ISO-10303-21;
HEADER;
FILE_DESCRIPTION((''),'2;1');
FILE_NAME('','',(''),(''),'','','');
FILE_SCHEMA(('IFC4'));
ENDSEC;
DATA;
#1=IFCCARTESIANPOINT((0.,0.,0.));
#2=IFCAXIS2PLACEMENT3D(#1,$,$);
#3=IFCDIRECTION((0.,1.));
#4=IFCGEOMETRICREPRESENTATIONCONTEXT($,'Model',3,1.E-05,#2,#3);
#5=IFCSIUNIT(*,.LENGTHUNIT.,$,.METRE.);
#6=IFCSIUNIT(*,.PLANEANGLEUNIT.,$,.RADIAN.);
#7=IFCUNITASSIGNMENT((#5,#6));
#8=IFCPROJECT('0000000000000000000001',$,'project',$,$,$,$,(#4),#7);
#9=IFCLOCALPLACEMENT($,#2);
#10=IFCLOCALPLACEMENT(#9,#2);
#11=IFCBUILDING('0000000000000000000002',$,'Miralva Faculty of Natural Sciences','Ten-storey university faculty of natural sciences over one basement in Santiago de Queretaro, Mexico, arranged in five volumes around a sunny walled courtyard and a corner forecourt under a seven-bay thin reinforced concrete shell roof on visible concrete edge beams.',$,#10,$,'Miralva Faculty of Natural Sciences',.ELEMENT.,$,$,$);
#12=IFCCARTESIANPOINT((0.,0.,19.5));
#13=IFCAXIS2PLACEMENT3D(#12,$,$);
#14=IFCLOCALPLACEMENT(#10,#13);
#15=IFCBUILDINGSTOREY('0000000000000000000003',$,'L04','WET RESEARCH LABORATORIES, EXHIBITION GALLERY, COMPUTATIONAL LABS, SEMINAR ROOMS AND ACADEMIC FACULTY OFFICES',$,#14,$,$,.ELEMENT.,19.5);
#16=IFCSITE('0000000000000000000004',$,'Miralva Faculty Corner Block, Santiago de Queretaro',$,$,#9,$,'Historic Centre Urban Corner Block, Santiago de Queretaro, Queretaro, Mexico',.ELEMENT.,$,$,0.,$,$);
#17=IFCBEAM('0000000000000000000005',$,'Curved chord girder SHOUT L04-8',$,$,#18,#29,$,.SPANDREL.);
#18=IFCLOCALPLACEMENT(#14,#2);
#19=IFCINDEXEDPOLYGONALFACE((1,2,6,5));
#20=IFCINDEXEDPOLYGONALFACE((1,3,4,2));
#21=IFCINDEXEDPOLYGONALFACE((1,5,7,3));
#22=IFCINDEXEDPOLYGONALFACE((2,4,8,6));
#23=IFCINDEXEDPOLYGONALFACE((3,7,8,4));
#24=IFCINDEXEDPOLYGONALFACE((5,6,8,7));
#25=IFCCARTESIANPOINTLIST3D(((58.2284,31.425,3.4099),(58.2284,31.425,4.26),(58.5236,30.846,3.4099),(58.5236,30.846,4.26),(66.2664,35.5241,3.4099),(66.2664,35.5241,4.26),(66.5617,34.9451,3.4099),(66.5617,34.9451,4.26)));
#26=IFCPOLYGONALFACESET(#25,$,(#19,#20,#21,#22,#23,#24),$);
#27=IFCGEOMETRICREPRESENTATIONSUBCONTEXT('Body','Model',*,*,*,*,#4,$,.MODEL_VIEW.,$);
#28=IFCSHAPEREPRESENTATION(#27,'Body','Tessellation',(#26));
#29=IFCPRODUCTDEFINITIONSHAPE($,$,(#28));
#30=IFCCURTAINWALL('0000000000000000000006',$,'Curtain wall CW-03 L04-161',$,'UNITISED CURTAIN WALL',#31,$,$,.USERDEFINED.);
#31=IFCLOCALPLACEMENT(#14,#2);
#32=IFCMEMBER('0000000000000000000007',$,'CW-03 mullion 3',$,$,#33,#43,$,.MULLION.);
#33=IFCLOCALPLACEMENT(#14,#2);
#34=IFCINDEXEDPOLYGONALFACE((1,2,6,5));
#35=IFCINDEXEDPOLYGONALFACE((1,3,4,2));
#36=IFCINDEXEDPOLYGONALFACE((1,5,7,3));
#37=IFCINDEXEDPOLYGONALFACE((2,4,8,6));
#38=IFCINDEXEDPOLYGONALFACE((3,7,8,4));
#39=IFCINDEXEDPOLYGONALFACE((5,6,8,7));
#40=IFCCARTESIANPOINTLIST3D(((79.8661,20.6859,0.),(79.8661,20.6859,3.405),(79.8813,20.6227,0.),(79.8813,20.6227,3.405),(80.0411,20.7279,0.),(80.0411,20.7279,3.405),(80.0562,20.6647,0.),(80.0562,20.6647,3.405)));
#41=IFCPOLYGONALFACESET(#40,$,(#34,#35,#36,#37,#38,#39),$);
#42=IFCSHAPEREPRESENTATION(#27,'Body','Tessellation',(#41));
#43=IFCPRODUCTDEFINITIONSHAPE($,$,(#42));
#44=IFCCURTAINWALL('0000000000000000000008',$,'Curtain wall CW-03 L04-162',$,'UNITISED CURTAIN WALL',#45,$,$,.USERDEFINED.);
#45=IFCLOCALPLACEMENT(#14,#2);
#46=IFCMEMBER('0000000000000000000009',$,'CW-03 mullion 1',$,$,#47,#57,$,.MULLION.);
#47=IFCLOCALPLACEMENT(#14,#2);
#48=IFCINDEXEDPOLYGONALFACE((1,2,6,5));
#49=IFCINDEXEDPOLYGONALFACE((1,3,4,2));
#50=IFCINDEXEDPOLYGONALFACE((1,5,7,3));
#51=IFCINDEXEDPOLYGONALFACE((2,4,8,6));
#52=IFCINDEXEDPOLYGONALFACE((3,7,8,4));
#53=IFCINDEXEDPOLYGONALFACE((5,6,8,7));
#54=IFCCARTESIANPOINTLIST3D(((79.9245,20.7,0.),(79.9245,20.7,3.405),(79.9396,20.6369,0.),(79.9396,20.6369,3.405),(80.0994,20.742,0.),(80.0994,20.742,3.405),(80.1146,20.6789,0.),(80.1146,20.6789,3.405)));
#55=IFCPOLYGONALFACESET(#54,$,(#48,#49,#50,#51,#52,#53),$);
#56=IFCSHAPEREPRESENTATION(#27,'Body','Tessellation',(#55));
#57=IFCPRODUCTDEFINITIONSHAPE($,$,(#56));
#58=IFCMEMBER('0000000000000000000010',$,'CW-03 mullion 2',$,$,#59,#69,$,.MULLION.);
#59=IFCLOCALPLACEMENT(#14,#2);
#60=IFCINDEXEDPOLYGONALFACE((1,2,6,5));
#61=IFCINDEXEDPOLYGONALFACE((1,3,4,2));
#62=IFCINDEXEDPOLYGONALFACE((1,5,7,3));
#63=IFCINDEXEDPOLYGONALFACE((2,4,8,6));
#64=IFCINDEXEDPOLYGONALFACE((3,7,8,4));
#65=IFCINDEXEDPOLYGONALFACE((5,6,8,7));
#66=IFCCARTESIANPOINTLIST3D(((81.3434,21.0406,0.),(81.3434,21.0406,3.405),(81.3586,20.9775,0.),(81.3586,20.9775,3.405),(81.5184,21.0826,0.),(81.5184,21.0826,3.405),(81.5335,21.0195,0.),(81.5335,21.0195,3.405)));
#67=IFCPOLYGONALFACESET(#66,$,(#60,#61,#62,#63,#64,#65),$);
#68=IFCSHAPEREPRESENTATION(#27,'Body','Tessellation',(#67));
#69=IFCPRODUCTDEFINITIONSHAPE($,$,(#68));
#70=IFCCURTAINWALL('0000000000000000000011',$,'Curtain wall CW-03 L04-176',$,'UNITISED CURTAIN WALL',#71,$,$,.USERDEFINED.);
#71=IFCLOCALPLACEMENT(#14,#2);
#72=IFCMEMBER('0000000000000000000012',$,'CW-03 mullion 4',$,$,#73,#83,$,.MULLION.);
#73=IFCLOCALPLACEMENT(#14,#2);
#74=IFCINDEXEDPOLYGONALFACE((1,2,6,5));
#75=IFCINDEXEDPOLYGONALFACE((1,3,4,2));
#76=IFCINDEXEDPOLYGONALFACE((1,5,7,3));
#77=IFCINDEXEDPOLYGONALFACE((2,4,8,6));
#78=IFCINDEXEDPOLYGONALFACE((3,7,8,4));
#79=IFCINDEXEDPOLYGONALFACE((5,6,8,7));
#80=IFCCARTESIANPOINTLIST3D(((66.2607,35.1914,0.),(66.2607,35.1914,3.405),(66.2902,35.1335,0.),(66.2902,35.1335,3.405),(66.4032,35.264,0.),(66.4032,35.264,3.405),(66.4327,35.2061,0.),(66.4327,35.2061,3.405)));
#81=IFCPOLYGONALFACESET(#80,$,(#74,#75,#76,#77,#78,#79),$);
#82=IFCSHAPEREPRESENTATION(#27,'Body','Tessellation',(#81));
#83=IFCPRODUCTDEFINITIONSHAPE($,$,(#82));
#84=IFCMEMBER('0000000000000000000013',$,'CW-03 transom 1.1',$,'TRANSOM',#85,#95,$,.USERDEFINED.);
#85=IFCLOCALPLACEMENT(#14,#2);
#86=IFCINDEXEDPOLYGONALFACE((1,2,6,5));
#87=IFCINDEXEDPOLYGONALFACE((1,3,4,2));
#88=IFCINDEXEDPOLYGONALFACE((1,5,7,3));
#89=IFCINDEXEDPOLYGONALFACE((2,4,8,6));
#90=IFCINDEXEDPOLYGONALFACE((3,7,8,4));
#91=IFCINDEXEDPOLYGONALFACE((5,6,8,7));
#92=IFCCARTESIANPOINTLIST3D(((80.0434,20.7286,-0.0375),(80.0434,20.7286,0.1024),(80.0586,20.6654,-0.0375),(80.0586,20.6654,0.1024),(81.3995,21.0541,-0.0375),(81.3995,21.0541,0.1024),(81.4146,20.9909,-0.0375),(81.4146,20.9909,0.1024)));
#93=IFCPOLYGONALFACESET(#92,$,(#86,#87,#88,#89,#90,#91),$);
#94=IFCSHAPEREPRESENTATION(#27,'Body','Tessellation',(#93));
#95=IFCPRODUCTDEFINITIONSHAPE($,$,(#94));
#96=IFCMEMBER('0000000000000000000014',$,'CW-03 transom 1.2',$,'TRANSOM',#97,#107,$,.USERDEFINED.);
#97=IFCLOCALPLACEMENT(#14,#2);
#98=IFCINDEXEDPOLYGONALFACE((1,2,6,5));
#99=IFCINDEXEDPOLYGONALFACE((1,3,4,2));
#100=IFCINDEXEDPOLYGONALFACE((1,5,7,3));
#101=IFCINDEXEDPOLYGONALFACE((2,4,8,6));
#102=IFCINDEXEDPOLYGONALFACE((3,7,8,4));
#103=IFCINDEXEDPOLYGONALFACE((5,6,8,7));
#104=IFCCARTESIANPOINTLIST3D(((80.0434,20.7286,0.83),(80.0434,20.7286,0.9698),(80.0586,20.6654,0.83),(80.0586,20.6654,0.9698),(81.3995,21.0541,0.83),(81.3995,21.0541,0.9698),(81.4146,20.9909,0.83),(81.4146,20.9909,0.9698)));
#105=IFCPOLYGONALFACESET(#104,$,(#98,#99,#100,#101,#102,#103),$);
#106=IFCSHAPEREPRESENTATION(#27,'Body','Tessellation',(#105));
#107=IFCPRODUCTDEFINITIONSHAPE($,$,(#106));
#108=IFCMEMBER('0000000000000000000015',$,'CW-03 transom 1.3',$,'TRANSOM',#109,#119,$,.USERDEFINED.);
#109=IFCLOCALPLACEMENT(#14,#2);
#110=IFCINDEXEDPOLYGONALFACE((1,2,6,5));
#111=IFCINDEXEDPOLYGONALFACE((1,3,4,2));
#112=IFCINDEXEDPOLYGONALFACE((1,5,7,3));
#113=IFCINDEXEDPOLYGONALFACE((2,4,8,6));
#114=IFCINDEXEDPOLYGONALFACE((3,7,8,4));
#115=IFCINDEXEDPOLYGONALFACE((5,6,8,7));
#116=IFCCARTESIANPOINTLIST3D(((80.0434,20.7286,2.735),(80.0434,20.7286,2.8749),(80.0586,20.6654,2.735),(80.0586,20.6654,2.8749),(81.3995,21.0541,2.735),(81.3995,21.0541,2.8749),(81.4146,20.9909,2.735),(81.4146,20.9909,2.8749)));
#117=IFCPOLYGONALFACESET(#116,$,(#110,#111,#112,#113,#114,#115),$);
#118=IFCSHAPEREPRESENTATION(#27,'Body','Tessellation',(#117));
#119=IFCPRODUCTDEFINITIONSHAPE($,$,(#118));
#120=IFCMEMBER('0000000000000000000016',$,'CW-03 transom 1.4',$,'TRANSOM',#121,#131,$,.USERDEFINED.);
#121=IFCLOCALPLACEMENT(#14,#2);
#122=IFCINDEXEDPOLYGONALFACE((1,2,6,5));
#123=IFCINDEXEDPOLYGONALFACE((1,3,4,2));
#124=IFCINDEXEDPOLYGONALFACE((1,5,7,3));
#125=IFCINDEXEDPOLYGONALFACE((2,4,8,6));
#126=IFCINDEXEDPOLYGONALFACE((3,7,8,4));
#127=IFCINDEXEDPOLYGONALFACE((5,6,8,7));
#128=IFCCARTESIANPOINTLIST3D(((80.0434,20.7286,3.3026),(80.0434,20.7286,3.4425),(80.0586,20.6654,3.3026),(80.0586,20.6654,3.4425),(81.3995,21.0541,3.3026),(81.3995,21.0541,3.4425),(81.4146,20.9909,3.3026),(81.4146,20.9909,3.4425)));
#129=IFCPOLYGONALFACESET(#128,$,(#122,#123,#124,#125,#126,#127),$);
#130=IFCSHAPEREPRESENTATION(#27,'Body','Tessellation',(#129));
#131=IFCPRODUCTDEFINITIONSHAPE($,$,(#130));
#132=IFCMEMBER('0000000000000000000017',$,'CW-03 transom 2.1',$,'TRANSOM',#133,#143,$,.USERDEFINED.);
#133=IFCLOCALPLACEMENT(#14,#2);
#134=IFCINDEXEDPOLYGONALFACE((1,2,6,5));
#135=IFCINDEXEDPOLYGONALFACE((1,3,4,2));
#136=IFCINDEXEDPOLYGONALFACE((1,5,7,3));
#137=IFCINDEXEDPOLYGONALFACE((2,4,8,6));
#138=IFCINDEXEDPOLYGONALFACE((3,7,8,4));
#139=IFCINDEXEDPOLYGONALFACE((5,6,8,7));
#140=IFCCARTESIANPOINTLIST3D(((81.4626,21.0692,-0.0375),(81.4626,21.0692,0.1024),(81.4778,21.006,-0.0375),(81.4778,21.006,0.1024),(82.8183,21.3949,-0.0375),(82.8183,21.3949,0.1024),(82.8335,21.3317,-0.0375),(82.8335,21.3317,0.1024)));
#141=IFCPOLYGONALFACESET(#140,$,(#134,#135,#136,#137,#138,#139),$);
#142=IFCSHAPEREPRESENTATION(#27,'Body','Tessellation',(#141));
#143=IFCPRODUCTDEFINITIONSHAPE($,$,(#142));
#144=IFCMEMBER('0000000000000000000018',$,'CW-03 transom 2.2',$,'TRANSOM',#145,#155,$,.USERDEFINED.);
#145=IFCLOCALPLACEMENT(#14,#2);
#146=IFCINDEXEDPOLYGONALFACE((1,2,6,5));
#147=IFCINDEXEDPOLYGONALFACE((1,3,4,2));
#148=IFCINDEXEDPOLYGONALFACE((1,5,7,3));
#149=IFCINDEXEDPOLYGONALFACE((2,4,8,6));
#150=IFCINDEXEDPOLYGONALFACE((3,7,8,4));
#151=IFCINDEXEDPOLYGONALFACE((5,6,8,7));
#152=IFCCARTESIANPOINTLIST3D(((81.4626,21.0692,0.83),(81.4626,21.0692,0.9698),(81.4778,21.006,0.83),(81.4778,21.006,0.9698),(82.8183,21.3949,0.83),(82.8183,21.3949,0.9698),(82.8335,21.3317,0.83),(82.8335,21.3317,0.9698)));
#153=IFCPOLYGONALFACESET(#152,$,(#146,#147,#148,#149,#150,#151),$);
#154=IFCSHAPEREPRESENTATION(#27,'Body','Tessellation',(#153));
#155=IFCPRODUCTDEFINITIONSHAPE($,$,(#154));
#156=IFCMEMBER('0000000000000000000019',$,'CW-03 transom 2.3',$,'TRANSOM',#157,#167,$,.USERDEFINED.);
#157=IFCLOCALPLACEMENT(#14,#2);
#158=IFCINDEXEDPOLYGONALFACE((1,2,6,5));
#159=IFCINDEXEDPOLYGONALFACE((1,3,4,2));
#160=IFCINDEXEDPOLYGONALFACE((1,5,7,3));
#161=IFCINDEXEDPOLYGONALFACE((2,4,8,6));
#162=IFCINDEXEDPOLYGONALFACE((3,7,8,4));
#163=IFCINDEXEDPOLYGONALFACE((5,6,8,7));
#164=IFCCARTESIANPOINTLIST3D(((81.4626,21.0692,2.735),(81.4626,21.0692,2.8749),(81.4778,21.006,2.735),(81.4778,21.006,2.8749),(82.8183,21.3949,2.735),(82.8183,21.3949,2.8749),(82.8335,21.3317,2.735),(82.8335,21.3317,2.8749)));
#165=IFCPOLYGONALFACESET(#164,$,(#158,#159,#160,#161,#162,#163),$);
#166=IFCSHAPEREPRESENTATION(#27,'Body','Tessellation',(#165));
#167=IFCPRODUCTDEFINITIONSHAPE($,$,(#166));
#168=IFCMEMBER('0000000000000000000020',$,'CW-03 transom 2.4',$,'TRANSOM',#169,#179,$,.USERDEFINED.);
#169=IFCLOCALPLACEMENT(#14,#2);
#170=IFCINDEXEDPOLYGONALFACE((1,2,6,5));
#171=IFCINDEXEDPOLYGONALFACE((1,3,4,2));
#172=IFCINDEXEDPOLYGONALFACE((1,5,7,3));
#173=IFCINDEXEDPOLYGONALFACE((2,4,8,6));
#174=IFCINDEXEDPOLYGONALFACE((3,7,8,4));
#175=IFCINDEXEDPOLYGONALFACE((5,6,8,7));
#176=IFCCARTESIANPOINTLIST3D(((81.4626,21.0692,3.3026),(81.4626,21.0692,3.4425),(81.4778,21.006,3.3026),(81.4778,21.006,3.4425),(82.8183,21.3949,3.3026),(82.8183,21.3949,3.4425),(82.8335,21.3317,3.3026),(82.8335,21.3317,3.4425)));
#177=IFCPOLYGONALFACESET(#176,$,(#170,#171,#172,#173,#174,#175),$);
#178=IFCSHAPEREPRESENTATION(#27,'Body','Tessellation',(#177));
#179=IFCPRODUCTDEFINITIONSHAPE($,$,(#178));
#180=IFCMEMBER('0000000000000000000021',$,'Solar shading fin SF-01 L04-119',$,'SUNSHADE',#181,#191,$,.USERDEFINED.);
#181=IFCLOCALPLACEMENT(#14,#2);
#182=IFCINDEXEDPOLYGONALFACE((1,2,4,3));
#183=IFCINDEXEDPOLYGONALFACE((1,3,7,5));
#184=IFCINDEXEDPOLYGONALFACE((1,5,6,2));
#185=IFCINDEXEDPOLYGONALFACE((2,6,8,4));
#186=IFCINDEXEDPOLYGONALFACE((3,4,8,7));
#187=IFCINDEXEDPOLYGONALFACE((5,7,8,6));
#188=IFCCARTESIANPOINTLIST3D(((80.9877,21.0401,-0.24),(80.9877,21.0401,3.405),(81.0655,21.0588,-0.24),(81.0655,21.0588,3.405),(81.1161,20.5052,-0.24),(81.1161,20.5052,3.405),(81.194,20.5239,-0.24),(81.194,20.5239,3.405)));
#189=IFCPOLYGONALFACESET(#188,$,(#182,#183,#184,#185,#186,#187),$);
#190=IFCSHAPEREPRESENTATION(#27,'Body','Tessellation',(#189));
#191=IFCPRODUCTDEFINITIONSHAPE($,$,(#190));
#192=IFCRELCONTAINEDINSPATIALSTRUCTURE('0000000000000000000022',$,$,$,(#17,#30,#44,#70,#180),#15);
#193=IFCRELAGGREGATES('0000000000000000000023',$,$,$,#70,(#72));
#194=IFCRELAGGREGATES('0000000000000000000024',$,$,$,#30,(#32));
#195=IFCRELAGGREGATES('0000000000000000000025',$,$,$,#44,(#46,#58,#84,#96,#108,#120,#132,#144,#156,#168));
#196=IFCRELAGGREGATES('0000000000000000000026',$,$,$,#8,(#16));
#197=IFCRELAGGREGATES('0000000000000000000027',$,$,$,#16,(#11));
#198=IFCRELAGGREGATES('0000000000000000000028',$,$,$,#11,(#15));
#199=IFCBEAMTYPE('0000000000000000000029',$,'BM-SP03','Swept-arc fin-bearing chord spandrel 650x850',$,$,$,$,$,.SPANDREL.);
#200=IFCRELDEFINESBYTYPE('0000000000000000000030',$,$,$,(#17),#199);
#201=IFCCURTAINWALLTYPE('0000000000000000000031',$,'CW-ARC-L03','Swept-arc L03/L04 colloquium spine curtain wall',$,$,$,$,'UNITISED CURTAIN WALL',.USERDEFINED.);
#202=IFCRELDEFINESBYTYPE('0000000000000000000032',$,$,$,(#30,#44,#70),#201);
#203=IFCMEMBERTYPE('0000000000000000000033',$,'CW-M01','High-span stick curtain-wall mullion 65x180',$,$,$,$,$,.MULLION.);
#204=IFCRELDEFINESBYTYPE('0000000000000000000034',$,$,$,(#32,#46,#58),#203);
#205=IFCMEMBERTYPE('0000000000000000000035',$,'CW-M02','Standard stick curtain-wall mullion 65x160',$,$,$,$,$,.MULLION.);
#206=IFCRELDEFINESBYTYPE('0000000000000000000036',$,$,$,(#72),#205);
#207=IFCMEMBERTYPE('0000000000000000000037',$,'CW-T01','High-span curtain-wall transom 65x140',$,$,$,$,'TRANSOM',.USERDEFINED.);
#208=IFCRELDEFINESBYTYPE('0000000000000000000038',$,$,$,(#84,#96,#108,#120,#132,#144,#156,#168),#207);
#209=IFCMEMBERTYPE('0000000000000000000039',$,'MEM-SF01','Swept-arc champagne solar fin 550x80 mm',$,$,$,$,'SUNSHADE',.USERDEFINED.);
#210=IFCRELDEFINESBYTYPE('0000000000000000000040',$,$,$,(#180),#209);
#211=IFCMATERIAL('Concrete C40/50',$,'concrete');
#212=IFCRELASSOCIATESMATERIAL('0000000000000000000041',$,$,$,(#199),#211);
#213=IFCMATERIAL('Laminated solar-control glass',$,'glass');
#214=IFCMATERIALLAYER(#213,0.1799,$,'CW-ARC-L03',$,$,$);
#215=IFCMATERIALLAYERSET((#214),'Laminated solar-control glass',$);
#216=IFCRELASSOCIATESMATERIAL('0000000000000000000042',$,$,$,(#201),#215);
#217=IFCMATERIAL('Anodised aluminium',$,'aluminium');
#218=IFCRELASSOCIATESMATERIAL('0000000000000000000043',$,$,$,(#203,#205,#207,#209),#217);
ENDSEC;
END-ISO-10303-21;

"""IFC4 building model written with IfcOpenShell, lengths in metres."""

from ifc_helpers import new_model, si_unit, direction, frame, origin, origin_2d, place, context, subcontext, project, spatial, rectangle, extrude, material, layer, layer_set, material_profile, profile_set, type_object, element, aggregate, save


model = new_model("IFC4")

# Units and contexts
model_context = context("Model", 3, precision=1e-05, world=origin(), true_north=direction((0.0, 1.0)))
body_context = subcontext(model_context, "Body", "Model", "MODEL_VIEW")
ifc_project = project(units=[si_unit("LENGTHUNIT", "METRE"), si_unit("PLANEANGLEUNIT", "RADIAN")], contexts=[model_context])

# Site, building, storey
site_placement = place(None, origin())
site = spatial("IfcSite", under=ifc_project, at=site_placement, Name="Miralva Faculty Corner Block, Santiago de Queretaro", LongName="Historic Centre Urban Corner Block, Santiago de Queretaro, Queretaro, Mexico", CompositionType="ELEMENT", RefElevation=0.0)
building_placement = place(site_placement, origin())
building = spatial("IfcBuilding", under=site, at=building_placement, Name="Miralva Faculty of Natural Sciences", Description="Ten-storey university faculty of natural sciences over one basement in Santiago de Queretaro, Mexico, arranged in five volumes around a sunny walled courtyard and a corner forecourt under a seven-bay thin reinforced concrete shell roof on visible concrete edge beams.", LongName="Miralva Faculty of Natural Sciences", CompositionType="ELEMENT")
storey_placement = place(building_placement, frame((0.0, 0.0, 19.5)))
storey = spatial("IfcBuildingStorey", under=building, at=storey_placement, Name="L04", Description="WET RESEARCH LABORATORIES, EXHIBITION GALLERY, COMPUTATIONAL LABS, SEMINAR ROOMS AND ACADEMIC FACULTY OFFICES", CompositionType="ELEMENT", Elevation=19.5)

# Beam
ifc_material_1 = material(Name="Concrete C40/50", Category="concrete")
ifc_material_profile_1 = material_profile(ifc_material_1, rectangle(XDim=0.6499, YDim=0.8501, at=origin_2d()), Name="RC 650x850")
ifc_profile_set_1 = profile_set([ifc_material_profile_1], Name="Concrete C40/50")
beam_type = type_object("IfcBeamType", Name="BM-SP03", Description="Swept-arc fin-bearing chord spandrel 650x850", PredefinedType="SPANDREL", material=ifc_profile_set_1)
beam_placement = place(storey_placement, frame((66.4141, 35.2346, 3.835), z_axis=(-0.890849, -0.454299, 0.0), x_axis=(0.454299, -0.890849, 0.0)))
element("IfcBeam", 1, at=beam_placement, inside=storey, type_object=beam_type, Name="Curved chord girder SHOUT L04-8", PredefinedType="SPANDREL", context=body_context, shape_type="SweptSolid", body=[
    extrude(rectangle(XDim=0.6499, YDim=0.8501, at=origin_2d()), origin(), (0.0, 0.0, 1.0), 9.0229),
])

# Curtain wall, member
ifc_material_2 = material(Name="Laminated solar-control glass", Category="glass")
ifc_layer_1 = layer(ifc_material_2, 0.1799, Name="CW-ARC-L03")
ifc_layer_set_1 = layer_set([ifc_layer_1], Name="Laminated solar-control glass")
curtain_wall_type = type_object("IfcCurtainWallType", Name="CW-ARC-L03", Description="Swept-arc L03/L04 colloquium spine curtain wall", ElementType="UNITISED CURTAIN WALL", PredefinedType="USERDEFINED", material=ifc_layer_set_1)
curtain_wall_1_placement = place(storey_placement, origin())
curtain_wall_1 = element("IfcCurtainWall", 2, at=curtain_wall_1_placement, inside=storey, type_object=curtain_wall_type, Name="Curtain wall CW-03 L04-161", ObjectType="UNITISED CURTAIN WALL", PredefinedType="USERDEFINED")
ifc_material_3 = material(Name="Anodised aluminium", Category="aluminium")
ifc_material_profile_2 = material_profile(ifc_material_3, rectangle(XDim=0.0649, YDim=0.1799, at=origin_2d()), Name="MULLION 65x180")
ifc_profile_set_2 = profile_set([ifc_material_profile_2], Name="Anodised aluminium")
member_type_1 = type_object("IfcMemberType", Name="CW-M01", Description="High-span stick curtain-wall mullion 65x180", PredefinedType="MULLION", material=ifc_profile_set_2)
member_1_placement = place(storey_placement, frame((79.9612, 20.6753, 0.0), z_axis=(0.0, 0.0, 1.0), x_axis=(-0.233457, 0.972367, 0.0)))
member_1 = element("IfcMember", 3, at=member_1_placement, type_object=member_type_1, Name="CW-03 mullion 3", PredefinedType="MULLION", context=body_context, shape_type="SweptSolid", body=[
    extrude(rectangle(XDim=0.0649, YDim=0.1799, at=origin_2d()), origin(), (0.0, 0.0, 1.0), 3.405),
])

# Curtain wall, members
curtain_wall_2_placement = place(storey_placement, origin())
curtain_wall_2 = element("IfcCurtainWall", 4, at=curtain_wall_2_placement, inside=storey, type_object=curtain_wall_type, Name="Curtain wall CW-03 L04-162", ObjectType="UNITISED CURTAIN WALL", PredefinedType="USERDEFINED")
member_2_placement = place(storey_placement, frame((80.0195, 20.6895, 0.0), z_axis=(0.0, 0.0, 1.0), x_axis=(-0.233464, 0.972365, 0.0)))
member_2 = element("IfcMember", 5, at=member_2_placement, type_object=member_type_1, Name="CW-03 mullion 1", PredefinedType="MULLION", context=body_context, shape_type="SweptSolid", body=[
    extrude(rectangle(XDim=0.0649, YDim=0.1799, at=origin_2d()), origin(), (0.0, 0.0, 1.0), 3.405),
])
member_3_placement = place(storey_placement, frame((81.4385, 21.03, 0.0), z_axis=(0.0, 0.0, 1.0), x_axis=(-0.233464, 0.972365, 0.0)))
member_3 = element("IfcMember", 6, at=member_3_placement, type_object=member_type_1, Name="CW-03 mullion 2", PredefinedType="MULLION", context=body_context, shape_type="SweptSolid", body=[
    extrude(rectangle(XDim=0.0649, YDim=0.1799, at=origin_2d()), origin(), (0.0, 0.0, 1.0), 3.405),
])

# Curtain wall, member
curtain_wall_3_placement = place(storey_placement, origin())
curtain_wall_3 = element("IfcCurtainWall", 7, at=curtain_wall_3_placement, inside=storey, type_object=curtain_wall_type, Name="Curtain wall CW-03 L04-176", ObjectType="UNITISED CURTAIN WALL", PredefinedType="USERDEFINED")
ifc_material_profile_3 = material_profile(ifc_material_3, rectangle(XDim=0.0649, YDim=0.1599, at=origin_2d()), Name="MULLION 65x160")
ifc_profile_set_3 = profile_set([ifc_material_profile_3], Name="Anodised aluminium")
member_type_2 = type_object("IfcMemberType", Name="CW-M02", Description="Standard stick curtain-wall mullion 65x160", PredefinedType="MULLION", material=ifc_profile_set_3)
member_4_placement = place(storey_placement, frame((66.3467, 35.1987, 0.0), z_axis=(0.0, 0.0, 1.0), x_axis=(-0.453975, 0.891015, 0.0)))
member_4 = element("IfcMember", 8, at=member_4_placement, type_object=member_type_2, Name="CW-03 mullion 4", PredefinedType="MULLION", context=body_context, shape_type="SweptSolid", body=[
    extrude(rectangle(XDim=0.0649, YDim=0.1599, at=origin_2d()), origin(), (0.0, 0.0, 1.0), 3.405),
])
aggregate(curtain_wall_3, [member_4])

# Members
ifc_material_profile_4 = material_profile(ifc_material_3, rectangle(XDim=0.0649, YDim=0.1399, at=origin_2d()), Name="TRANSOM 65x140")
ifc_profile_set_4 = profile_set([ifc_material_profile_4], Name="Anodised aluminium")
member_type_3 = type_object("IfcMemberType", Name="CW-T01", Description="High-span curtain-wall transom 65x140", ElementType="TRANSOM", PredefinedType="USERDEFINED", material=ifc_profile_set_4)
member_5_placement = place(storey_placement, frame((80.051, 20.697, 0.0325), z_axis=(0.972386, 0.23338, 0.0), x_axis=(-0.23338, 0.972386, 0.0)))
member_5 = element("IfcMember", 9, at=member_5_placement, type_object=member_type_3, Name="CW-03 transom 1.1", ObjectType="TRANSOM", PredefinedType="USERDEFINED", context=body_context, shape_type="SweptSolid", body=[
    extrude(rectangle(XDim=0.0649, YDim=0.1399, at=origin_2d()), origin(), (0.0, 0.0, 1.0), 1.3945),
])
member_6_placement = place(storey_placement, frame((80.051, 20.697, 0.8999), z_axis=(0.972386, 0.23338, 0.0), x_axis=(-0.23338, 0.972386, 0.0)))
member_6 = element("IfcMember", 10, at=member_6_placement, type_object=member_type_3, Name="CW-03 transom 1.2", ObjectType="TRANSOM", PredefinedType="USERDEFINED", context=body_context, shape_type="SweptSolid", body=[
    extrude(rectangle(XDim=0.0649, YDim=0.1399, at=origin_2d()), origin(), (0.0, 0.0, 1.0), 1.3945),
])
member_7_placement = place(storey_placement, frame((80.051, 20.697, 2.8049), z_axis=(0.972386, 0.23338, 0.0), x_axis=(-0.23338, 0.972386, 0.0)))
member_7 = element("IfcMember", 11, at=member_7_placement, type_object=member_type_3, Name="CW-03 transom 1.3", ObjectType="TRANSOM", PredefinedType="USERDEFINED", context=body_context, shape_type="SweptSolid", body=[
    extrude(rectangle(XDim=0.0649, YDim=0.1399, at=origin_2d()), origin(), (0.0, 0.0, 1.0), 1.3945),
])
member_8_placement = place(storey_placement, frame((80.051, 20.697, 3.3726), z_axis=(0.972386, 0.23338, 0.0), x_axis=(-0.23338, 0.972386, 0.0)))
member_8 = element("IfcMember", 12, at=member_8_placement, type_object=member_type_3, Name="CW-03 transom 1.4", ObjectType="TRANSOM", PredefinedType="USERDEFINED", context=body_context, shape_type="SweptSolid", body=[
    extrude(rectangle(XDim=0.0649, YDim=0.1399, at=origin_2d()), origin(), (0.0, 0.0, 1.0), 1.3945),
])
member_9_placement = place(storey_placement, frame((81.4702, 21.0376, 0.0325), z_axis=(0.972336, 0.233585, 0.0), x_axis=(-0.233585, 0.972336, 0.0)))
member_9 = element("IfcMember", 13, at=member_9_placement, type_object=member_type_3, Name="CW-03 transom 2.1", ObjectType="TRANSOM", PredefinedType="USERDEFINED", context=body_context, shape_type="SweptSolid", body=[
    extrude(rectangle(XDim=0.0649, YDim=0.1399, at=origin_2d()), origin(), (0.0, 0.0, 1.0), 1.3943),
])
member_10_placement = place(storey_placement, frame((81.4702, 21.0376, 0.8999), z_axis=(0.972336, 0.233585, 0.0), x_axis=(-0.233585, 0.972336, 0.0)))
member_10 = element("IfcMember", 14, at=member_10_placement, type_object=member_type_3, Name="CW-03 transom 2.2", ObjectType="TRANSOM", PredefinedType="USERDEFINED", context=body_context, shape_type="SweptSolid", body=[
    extrude(rectangle(XDim=0.0649, YDim=0.1399, at=origin_2d()), origin(), (0.0, 0.0, 1.0), 1.3943),
])
member_11_placement = place(storey_placement, frame((81.4702, 21.0376, 2.8049), z_axis=(0.972336, 0.233585, 0.0), x_axis=(-0.233585, 0.972336, 0.0)))
member_11 = element("IfcMember", 15, at=member_11_placement, type_object=member_type_3, Name="CW-03 transom 2.3", ObjectType="TRANSOM", PredefinedType="USERDEFINED", context=body_context, shape_type="SweptSolid", body=[
    extrude(rectangle(XDim=0.0649, YDim=0.1399, at=origin_2d()), origin(), (0.0, 0.0, 1.0), 1.3943),
])
member_12_placement = place(storey_placement, frame((81.4702, 21.0376, 3.3726), z_axis=(0.972336, 0.233585, 0.0), x_axis=(-0.233585, 0.972336, 0.0)))
member_12 = element("IfcMember", 16, at=member_12_placement, type_object=member_type_3, Name="CW-03 transom 2.4", ObjectType="TRANSOM", PredefinedType="USERDEFINED", context=body_context, shape_type="SweptSolid", body=[
    extrude(rectangle(XDim=0.0649, YDim=0.1399, at=origin_2d()), origin(), (0.0, 0.0, 1.0), 1.3943),
])

# Member
ifc_material_profile_5 = material_profile(ifc_material_3, rectangle(XDim=0.0801, YDim=0.55, at=origin_2d()), Name="FIN 550x80")
ifc_profile_set_5 = profile_set([ifc_material_profile_5], Name="Anodised aluminium")
member_type_4 = type_object("IfcMemberType", Name="MEM-SF01", Description="Swept-arc champagne solar fin 550x80 mm", ElementType="SUNSHADE", PredefinedType="USERDEFINED", material=ifc_profile_set_5)
for number, where, z_axis, x_axis, name in (
    (17, (81.0908, 20.782, -0.24), (0.0, 0.0, 1.0), (0.97237, 0.233445, 0.0), "Solar shading fin SF-01 L04-119"),
):
    element("IfcMember", number, at=place(storey_placement, frame(where, z_axis=z_axis, x_axis=x_axis)), inside=storey, type_object=member_type_4, Name=name, ObjectType="SUNSHADE", PredefinedType="USERDEFINED", context=body_context, shape_type="SweptSolid", body=[
        extrude(rectangle(XDim=0.0801, YDim=0.55, at=origin_2d()), origin(), (0.0, 0.0, 1.0), 3.645),
    ])

aggregate(curtain_wall_1, [member_1])
aggregate(curtain_wall_2, [member_2, member_3, member_5, member_6, member_7, member_8, member_9, member_10, member_11, member_12])

save(model, "model.ifc")
